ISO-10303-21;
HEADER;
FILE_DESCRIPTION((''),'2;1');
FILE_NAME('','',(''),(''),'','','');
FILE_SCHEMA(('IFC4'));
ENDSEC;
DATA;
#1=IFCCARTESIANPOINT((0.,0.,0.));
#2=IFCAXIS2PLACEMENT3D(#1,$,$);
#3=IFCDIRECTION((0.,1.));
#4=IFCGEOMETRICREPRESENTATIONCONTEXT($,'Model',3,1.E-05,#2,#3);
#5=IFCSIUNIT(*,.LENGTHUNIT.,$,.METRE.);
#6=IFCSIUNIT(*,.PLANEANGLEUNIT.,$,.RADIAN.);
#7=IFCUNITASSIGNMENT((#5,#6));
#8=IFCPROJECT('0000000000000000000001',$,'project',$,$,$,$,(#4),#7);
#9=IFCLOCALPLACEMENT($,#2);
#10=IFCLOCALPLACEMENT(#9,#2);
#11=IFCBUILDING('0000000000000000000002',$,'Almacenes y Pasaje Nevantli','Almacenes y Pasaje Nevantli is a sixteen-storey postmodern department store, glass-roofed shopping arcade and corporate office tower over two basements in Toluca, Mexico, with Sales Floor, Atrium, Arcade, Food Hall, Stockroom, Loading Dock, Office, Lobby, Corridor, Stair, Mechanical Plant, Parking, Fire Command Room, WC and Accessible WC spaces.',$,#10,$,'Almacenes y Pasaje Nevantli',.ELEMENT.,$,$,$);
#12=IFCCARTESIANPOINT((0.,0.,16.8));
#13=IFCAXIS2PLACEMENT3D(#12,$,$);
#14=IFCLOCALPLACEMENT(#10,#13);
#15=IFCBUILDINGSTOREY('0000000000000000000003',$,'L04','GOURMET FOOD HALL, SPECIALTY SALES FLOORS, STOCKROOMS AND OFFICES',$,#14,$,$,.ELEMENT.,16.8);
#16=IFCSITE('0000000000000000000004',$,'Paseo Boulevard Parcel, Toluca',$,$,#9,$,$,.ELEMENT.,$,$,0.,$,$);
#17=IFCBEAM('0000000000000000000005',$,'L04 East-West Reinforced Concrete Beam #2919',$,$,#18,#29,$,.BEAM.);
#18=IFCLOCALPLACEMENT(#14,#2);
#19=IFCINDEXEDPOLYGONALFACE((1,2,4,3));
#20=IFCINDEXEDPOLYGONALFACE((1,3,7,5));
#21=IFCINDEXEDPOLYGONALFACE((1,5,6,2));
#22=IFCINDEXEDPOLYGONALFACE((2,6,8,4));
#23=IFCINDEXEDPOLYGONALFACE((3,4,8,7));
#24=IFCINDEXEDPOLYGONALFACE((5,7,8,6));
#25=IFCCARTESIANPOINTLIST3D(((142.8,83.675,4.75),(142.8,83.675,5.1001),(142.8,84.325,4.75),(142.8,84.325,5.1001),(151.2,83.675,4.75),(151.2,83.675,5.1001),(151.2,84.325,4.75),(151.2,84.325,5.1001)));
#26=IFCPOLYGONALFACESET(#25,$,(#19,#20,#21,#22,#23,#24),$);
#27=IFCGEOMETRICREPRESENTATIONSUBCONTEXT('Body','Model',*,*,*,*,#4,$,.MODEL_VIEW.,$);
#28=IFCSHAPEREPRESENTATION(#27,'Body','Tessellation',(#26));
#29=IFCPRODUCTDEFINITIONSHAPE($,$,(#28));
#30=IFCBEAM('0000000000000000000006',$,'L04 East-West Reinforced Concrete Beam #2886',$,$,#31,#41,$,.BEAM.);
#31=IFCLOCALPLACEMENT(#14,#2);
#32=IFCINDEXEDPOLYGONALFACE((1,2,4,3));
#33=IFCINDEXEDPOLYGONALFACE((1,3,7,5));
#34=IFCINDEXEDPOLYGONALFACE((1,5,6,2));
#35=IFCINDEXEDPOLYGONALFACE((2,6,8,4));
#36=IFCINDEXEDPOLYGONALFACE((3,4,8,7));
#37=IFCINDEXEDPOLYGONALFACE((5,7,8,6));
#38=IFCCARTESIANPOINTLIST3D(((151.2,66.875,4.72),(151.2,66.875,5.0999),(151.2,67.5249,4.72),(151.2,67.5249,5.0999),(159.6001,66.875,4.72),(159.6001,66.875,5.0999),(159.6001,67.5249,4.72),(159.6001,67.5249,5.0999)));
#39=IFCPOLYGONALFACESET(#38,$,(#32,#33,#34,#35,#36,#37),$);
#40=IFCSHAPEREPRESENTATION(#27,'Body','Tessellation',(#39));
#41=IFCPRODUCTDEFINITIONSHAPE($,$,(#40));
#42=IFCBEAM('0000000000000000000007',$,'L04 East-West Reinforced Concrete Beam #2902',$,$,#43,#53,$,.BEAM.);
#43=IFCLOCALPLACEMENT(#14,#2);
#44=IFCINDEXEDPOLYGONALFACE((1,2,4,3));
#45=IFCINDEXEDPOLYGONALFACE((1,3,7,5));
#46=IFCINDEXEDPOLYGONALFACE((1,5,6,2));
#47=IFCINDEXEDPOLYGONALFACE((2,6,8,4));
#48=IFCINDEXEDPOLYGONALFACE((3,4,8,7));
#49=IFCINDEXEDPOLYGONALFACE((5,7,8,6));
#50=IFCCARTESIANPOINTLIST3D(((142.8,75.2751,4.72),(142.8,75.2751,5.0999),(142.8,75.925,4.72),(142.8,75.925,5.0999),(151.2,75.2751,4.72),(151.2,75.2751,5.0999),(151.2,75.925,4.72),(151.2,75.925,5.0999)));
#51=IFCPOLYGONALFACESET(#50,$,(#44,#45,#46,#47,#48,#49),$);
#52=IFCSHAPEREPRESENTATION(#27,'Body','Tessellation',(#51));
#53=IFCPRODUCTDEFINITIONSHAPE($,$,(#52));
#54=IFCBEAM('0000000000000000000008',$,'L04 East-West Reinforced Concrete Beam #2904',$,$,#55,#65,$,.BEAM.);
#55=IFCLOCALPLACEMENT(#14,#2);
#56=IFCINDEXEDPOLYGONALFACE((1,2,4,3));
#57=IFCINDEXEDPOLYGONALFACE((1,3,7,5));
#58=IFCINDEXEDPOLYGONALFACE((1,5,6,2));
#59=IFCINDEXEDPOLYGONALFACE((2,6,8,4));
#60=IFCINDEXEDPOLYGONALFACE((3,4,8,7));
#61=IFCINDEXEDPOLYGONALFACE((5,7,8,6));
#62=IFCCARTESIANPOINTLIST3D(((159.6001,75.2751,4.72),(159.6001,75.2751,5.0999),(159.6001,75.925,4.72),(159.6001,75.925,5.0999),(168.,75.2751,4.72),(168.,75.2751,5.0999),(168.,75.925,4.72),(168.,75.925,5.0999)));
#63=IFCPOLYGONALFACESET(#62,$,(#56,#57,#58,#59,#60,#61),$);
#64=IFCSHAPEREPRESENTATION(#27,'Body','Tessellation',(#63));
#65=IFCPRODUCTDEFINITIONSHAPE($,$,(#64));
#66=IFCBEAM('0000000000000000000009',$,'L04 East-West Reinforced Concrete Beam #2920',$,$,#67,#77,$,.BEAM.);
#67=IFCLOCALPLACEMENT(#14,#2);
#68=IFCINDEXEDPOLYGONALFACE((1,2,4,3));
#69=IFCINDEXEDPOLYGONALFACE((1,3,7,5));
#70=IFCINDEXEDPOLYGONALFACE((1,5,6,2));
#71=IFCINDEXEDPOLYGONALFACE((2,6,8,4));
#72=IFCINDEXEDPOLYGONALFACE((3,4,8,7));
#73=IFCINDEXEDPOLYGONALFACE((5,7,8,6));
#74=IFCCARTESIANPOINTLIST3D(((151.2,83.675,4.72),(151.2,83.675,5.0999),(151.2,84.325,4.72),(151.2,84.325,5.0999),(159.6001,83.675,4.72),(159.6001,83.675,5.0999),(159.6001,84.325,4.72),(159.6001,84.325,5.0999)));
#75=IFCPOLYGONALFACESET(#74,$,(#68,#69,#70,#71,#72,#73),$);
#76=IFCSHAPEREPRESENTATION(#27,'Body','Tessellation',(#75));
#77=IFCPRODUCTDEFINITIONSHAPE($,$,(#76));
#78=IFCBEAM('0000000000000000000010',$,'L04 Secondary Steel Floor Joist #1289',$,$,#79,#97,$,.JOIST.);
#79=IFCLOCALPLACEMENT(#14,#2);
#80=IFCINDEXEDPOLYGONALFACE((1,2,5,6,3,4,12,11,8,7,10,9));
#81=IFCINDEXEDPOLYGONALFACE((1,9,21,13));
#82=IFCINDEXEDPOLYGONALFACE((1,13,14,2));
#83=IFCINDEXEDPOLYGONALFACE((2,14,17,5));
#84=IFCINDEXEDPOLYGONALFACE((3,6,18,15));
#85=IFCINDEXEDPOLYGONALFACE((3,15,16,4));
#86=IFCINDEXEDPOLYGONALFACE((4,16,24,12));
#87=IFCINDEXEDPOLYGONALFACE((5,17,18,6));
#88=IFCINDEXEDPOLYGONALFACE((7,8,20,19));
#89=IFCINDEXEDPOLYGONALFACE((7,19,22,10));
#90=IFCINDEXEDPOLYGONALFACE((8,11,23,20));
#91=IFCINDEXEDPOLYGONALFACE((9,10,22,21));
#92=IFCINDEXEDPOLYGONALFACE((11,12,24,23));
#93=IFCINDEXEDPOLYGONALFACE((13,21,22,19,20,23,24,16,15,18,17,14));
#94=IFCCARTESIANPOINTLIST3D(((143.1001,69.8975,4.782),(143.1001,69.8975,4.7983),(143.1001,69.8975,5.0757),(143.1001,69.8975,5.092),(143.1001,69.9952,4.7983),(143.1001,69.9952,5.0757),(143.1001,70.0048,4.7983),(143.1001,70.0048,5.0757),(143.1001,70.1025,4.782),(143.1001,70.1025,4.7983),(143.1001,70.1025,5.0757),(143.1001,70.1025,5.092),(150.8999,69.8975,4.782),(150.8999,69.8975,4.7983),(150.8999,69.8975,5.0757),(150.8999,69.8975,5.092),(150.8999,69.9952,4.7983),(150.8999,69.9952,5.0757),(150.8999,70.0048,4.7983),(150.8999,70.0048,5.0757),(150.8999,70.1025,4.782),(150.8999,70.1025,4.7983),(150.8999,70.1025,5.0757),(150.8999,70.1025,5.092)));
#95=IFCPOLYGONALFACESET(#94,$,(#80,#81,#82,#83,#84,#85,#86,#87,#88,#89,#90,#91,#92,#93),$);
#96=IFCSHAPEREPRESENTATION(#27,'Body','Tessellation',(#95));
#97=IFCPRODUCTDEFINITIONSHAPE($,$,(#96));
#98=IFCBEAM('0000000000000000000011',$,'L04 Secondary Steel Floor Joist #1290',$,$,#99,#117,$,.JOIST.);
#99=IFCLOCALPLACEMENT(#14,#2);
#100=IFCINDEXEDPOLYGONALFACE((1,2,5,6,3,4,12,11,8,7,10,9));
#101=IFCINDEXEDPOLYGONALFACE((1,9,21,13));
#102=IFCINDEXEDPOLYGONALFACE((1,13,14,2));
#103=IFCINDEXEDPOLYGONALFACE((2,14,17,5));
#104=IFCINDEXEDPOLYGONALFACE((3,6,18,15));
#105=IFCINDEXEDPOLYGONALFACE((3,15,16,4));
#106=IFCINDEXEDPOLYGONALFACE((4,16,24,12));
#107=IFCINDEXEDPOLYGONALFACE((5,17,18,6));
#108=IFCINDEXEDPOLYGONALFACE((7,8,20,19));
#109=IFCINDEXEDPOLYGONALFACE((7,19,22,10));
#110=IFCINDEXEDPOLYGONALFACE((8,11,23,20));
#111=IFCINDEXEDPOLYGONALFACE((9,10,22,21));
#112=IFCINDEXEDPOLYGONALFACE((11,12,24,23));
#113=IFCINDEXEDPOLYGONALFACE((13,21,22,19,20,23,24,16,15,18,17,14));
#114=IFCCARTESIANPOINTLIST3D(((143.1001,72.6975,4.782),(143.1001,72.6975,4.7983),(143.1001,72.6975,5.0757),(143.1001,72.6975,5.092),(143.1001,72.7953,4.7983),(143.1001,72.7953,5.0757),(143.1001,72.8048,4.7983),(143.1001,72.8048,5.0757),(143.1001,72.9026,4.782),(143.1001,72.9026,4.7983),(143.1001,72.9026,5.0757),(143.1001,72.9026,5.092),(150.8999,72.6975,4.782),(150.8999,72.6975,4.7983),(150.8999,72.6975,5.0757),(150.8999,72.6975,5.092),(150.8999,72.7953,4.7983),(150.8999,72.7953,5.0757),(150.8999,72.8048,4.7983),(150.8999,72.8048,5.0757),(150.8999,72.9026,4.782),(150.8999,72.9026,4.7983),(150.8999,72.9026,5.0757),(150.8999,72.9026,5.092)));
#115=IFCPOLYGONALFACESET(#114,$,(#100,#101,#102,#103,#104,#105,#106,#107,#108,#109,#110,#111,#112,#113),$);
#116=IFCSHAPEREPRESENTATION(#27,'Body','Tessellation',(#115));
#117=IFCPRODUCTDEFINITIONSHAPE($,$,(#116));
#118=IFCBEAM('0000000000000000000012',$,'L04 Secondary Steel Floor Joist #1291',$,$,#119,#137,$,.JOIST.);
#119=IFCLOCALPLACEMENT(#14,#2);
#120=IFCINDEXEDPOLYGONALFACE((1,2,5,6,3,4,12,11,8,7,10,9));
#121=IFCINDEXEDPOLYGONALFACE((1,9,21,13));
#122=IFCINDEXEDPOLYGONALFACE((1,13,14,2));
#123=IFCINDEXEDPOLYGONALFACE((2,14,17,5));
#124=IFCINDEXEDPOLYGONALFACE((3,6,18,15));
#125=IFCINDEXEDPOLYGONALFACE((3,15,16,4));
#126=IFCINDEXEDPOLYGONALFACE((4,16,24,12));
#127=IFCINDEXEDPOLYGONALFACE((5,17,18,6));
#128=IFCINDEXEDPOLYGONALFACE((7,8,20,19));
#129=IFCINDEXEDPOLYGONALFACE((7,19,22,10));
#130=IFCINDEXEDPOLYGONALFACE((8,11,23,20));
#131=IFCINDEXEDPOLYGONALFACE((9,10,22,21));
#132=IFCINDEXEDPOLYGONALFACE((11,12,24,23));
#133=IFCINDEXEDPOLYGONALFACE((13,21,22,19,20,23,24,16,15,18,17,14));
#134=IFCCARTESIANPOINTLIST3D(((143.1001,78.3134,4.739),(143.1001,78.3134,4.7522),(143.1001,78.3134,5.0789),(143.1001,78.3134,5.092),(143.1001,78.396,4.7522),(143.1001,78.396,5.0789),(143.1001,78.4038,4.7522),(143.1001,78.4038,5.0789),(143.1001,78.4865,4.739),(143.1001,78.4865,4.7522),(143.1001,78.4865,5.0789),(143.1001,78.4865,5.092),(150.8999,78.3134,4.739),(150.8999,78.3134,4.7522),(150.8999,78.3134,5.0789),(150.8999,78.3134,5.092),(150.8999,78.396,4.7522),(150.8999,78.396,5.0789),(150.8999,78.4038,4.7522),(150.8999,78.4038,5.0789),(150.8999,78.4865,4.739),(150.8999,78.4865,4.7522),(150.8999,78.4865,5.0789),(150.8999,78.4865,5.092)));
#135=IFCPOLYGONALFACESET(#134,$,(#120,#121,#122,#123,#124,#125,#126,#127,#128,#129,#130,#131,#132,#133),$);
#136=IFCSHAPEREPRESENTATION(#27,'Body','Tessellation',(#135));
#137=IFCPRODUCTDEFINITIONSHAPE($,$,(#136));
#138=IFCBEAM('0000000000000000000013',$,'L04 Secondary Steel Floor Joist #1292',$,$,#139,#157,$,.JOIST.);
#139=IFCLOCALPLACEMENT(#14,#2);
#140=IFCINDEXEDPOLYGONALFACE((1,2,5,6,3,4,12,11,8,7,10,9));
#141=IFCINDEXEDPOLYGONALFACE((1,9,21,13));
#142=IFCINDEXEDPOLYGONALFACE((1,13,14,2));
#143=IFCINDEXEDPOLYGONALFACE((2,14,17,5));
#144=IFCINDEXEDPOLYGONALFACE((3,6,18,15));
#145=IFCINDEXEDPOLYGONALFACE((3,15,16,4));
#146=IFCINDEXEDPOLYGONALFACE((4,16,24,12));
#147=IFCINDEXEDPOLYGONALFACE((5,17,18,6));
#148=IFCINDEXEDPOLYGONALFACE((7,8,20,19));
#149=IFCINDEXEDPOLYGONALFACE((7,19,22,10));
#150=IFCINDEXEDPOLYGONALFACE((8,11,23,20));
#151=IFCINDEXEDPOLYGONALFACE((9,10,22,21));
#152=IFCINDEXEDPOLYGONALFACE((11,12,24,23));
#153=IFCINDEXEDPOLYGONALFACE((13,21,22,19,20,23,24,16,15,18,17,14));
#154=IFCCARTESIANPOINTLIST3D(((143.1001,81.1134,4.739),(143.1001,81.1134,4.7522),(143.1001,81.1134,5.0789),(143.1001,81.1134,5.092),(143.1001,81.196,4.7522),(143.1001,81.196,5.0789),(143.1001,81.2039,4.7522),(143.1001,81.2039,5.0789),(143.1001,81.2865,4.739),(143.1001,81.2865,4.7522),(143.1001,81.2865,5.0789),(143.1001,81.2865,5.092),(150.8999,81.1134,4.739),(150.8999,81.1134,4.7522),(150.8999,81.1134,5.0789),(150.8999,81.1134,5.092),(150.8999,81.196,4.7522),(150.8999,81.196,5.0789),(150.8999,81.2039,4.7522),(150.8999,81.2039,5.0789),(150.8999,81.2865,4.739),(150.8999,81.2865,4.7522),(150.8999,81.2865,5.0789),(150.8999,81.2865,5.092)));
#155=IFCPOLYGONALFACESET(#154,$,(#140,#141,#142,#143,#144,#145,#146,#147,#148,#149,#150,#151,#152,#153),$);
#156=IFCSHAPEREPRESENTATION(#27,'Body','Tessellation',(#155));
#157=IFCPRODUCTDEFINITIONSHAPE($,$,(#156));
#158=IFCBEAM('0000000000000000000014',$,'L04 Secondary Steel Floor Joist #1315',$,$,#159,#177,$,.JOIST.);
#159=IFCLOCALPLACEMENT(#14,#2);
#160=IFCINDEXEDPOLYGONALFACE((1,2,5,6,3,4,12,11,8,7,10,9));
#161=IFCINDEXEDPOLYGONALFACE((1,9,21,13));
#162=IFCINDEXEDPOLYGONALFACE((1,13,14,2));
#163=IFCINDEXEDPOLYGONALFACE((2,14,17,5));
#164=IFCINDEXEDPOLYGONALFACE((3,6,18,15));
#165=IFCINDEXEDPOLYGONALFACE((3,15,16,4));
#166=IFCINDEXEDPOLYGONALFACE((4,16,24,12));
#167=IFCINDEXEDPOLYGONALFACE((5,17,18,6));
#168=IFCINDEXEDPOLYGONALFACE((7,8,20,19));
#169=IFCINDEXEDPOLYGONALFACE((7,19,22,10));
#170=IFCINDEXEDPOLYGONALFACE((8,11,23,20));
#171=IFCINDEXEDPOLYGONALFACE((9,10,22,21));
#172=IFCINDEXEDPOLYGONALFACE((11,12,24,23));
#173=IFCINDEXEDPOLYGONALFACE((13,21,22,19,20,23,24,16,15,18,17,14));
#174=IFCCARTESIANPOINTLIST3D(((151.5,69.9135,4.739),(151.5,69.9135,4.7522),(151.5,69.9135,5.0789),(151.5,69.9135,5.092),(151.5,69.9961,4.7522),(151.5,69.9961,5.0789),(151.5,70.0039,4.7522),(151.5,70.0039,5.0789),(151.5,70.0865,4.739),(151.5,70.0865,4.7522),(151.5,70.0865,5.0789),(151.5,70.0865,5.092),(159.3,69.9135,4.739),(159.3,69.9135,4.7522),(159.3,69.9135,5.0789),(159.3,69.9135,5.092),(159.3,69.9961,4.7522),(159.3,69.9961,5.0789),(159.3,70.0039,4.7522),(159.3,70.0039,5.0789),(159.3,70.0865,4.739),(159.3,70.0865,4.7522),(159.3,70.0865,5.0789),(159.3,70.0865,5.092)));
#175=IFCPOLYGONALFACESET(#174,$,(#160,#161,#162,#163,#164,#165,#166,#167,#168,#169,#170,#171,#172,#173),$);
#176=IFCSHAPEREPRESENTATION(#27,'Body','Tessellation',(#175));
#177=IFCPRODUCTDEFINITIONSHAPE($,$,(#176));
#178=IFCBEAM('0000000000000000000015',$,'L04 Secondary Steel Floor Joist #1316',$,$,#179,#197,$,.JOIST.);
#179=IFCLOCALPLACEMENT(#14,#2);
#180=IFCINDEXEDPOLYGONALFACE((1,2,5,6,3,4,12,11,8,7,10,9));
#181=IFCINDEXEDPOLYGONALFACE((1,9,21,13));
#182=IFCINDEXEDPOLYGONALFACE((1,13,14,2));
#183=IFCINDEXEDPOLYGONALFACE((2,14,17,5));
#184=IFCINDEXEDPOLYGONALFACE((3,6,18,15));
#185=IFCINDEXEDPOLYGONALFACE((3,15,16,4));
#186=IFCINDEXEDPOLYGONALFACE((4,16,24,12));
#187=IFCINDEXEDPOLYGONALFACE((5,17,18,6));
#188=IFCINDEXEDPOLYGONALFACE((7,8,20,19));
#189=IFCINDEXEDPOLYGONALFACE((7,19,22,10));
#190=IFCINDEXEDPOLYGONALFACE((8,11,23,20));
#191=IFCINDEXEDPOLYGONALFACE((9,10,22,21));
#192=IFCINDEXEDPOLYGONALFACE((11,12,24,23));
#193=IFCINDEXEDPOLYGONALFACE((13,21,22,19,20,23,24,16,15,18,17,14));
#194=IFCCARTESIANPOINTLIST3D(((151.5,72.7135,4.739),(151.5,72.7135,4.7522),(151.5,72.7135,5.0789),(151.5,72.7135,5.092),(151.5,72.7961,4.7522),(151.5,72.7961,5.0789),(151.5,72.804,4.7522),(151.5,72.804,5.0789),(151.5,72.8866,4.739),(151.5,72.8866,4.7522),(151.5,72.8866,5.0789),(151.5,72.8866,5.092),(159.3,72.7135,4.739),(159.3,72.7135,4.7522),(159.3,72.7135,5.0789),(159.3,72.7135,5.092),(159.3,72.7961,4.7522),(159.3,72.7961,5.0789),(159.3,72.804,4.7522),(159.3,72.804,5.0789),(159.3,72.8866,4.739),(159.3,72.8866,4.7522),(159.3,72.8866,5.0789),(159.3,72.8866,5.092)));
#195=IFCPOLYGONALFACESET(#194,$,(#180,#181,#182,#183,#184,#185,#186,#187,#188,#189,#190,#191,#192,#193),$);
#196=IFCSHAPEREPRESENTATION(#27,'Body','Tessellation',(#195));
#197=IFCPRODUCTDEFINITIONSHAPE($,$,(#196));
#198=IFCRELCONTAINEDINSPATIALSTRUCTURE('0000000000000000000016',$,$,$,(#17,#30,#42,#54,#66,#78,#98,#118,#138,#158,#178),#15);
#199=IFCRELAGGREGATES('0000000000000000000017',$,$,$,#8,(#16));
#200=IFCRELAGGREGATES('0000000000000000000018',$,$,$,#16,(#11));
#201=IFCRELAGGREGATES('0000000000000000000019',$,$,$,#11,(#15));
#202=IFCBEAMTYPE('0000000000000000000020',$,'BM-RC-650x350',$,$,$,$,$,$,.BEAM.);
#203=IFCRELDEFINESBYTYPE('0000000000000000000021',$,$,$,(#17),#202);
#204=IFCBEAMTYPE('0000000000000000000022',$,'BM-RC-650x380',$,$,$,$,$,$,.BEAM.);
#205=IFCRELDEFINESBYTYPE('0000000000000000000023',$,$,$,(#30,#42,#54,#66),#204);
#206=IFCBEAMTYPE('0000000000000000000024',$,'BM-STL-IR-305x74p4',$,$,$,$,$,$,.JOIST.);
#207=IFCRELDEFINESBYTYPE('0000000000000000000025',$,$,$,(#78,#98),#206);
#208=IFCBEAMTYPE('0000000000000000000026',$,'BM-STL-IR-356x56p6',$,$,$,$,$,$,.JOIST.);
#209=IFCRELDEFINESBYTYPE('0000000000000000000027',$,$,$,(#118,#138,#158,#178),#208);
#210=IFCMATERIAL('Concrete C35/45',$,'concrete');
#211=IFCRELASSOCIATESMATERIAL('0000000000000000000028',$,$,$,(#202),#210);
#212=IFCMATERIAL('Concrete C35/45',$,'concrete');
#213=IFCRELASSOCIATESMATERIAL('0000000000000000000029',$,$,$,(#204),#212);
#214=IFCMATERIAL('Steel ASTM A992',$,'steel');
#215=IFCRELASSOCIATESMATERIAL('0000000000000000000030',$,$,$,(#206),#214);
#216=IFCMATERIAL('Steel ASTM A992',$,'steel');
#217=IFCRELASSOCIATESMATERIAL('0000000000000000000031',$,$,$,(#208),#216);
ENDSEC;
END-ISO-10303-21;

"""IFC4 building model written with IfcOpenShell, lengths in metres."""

from ifc_helpers import new_model, si_unit, direction, frame, origin, origin_2d, place, context, subcontext, project, spatial, rectangle, i_section, extrude, material, material_profile, profile_set, type_object, element, save


model = new_model("IFC4")

# Units and contexts
model_context = context("Model", 3, precision=1e-05, world=origin(), true_north=direction((0.0, 1.0)))
body_context = subcontext(model_context, "Body", "Model", "MODEL_VIEW")
ifc_project = project(units=[si_unit("LENGTHUNIT", "METRE"), si_unit("PLANEANGLEUNIT", "RADIAN")], contexts=[model_context])

# Site, building, storey
site_placement = place(None, origin())
site = spatial("IfcSite", under=ifc_project, at=site_placement, Name="Paseo Boulevard Parcel, Toluca", CompositionType="ELEMENT", RefElevation=0.0)
building_placement = place(site_placement, origin())
building = spatial("IfcBuilding", under=site, at=building_placement, Name="Almacenes y Pasaje Nevantli", Description="Almacenes y Pasaje Nevantli is a sixteen-storey postmodern department store, glass-roofed shopping arcade and corporate office tower over two basements in Toluca, Mexico, with Sales Floor, Atrium, Arcade, Food Hall, Stockroom, Loading Dock, Office, Lobby, Corridor, Stair, Mechanical Plant, Parking, Fire Command Room, WC and Accessible WC spaces.", LongName="Almacenes y Pasaje Nevantli", CompositionType="ELEMENT")
storey_placement = place(building_placement, frame((0.0, 0.0, 16.8)))
storey = spatial("IfcBuildingStorey", under=building, at=storey_placement, Name="L04", Description="GOURMET FOOD HALL, SPECIALTY SALES FLOORS, STOCKROOMS AND OFFICES", CompositionType="ELEMENT", Elevation=16.8)

# Beams
ifc_material_1 = material(Name="Concrete C35/45", Category="concrete")
ifc_material_profile_1 = material_profile(ifc_material_1, rectangle(XDim=0.6499, YDim=0.3501, at=origin_2d()), Name="RC-BM-650x350")
ifc_profile_set_1 = profile_set([ifc_material_profile_1], Name="Concrete C35/45")
beam_type_1 = type_object("IfcBeamType", Name="BM-RC-650x350", PredefinedType="BEAM", material=ifc_profile_set_1)
beam_1_placement = place(storey_placement, frame((142.8, 84.0, 4.925), z_axis=(1.0, 0.0, 0.0), x_axis=(0.0, 1.0, 0.0)))
element("IfcBeam", 1, at=beam_1_placement, inside=storey, type_object=beam_type_1, Name="L04 East-West Reinforced Concrete Beam #2919", PredefinedType="BEAM", context=body_context, shape_type="SweptSolid", body=[
    extrude(rectangle(XDim=0.6499, YDim=0.3501, at=origin_2d()), origin(), (0.0, 0.0, 1.0), 8.3999),
])
ifc_material_2 = material(Name="Concrete C35/45", Category="concrete")
ifc_material_profile_2 = material_profile(ifc_material_2, rectangle(XDim=0.6499, YDim=0.3799, at=origin_2d()), Name="RC-BM-650x380")
ifc_profile_set_2 = profile_set([ifc_material_profile_2], Name="Concrete C35/45")
beam_type_2 = type_object("IfcBeamType", Name="BM-RC-650x380", PredefinedType="BEAM", material=ifc_profile_set_2)
beam_2_placement = place(storey_placement, frame((151.2, 67.2, 4.9099), z_axis=(1.0, 0.0, 0.0), x_axis=(0.0, 1.0, 0.0)))
element("IfcBeam", 2, at=beam_2_placement, inside=storey, type_object=beam_type_2, Name="L04 East-West Reinforced Concrete Beam #2886", PredefinedType="BEAM", context=body_context, shape_type="SweptSolid", body=[
    extrude(rectangle(XDim=0.6499, YDim=0.3799, at=origin_2d()), origin(), (0.0, 0.0, 1.0), 8.4001),
])
for number, where, z_axis, x_axis, name in (
    (3, (142.8, 75.6001, 4.9099), (1.0, 0.0, 0.0), (0.0, 1.0, 0.0), "L04 East-West Reinforced Concrete Beam #2902"),
    (4, (159.6001, 75.6001, 4.9099), (1.0, 0.0, 0.0), (0.0, 1.0, 0.0), "L04 East-West Reinforced Concrete Beam #2904"),
):
    element("IfcBeam", number, at=place(storey_placement, frame(where, z_axis=z_axis, x_axis=x_axis)), inside=storey, type_object=beam_type_2, Name=name, PredefinedType="BEAM", context=body_context, shape_type="SweptSolid", body=[
        extrude(rectangle(XDim=0.6499, YDim=0.3799, at=origin_2d()), origin(), (0.0, 0.0, 1.0), 8.3999),
    ])
beam_3_placement = place(storey_placement, frame((151.2, 84.0, 4.9099), z_axis=(1.0, 0.0, 0.0), x_axis=(0.0, 1.0, 0.0)))
element("IfcBeam", 5, at=beam_3_placement, inside=storey, type_object=beam_type_2, Name="L04 East-West Reinforced Concrete Beam #2920", PredefinedType="BEAM", context=body_context, shape_type="SweptSolid", body=[
    extrude(rectangle(XDim=0.6499, YDim=0.3799, at=origin_2d()), origin(), (0.0, 0.0, 1.0), 8.4001),
])
ifc_material_3 = material(Name="Steel ASTM A992", Category="steel")
ifc_material_profile_3 = material_profile(ifc_material_3, i_section(OverallWidth=0.2051, OverallDepth=0.3101, WebThickness=0.0095, FlangeThickness=0.0164, at=origin_2d()), Name="IR 305x74.4")
ifc_profile_set_3 = profile_set([ifc_material_profile_3], Name="Steel ASTM A992")
beam_type_3 = type_object("IfcBeamType", Name="BM-STL-IR-305x74p4", PredefinedType="JOIST", material=ifc_profile_set_3)
for number, where, z_axis, x_axis, name in (
    (6, (143.1001, 70.0, 4.937), (1.0, 0.0, 0.0), (0.0, 1.0, 0.0), "L04 Secondary Steel Floor Joist #1289"),
    (7, (143.1001, 72.8, 4.937), (1.0, 0.0, 0.0), (0.0, 1.0, 0.0), "L04 Secondary Steel Floor Joist #1290"),
):
    element("IfcBeam", number, at=place(storey_placement, frame(where, z_axis=z_axis, x_axis=x_axis)), inside=storey, type_object=beam_type_3, Name=name, PredefinedType="JOIST", context=body_context, shape_type="SweptSolid", body=[
        extrude(i_section(OverallWidth=0.2051, OverallDepth=0.3101, WebThickness=0.0095, FlangeThickness=0.0164, at=origin_2d()), origin(), (0.0, 0.0, 1.0), 7.7998),
    ])
ifc_material_4 = material(Name="Steel ASTM A992", Category="steel")
ifc_material_profile_4 = material_profile(ifc_material_4, i_section(OverallWidth=0.1731, OverallDepth=0.353, WebThickness=0.0078, FlangeThickness=0.0132, at=origin_2d()), Name="IR 356x56.6")
ifc_profile_set_4 = profile_set([ifc_material_profile_4], Name="Steel ASTM A992")
beam_type_4 = type_object("IfcBeamType", Name="BM-STL-IR-356x56p6", PredefinedType="JOIST", material=ifc_profile_set_4)
for number, where, z_axis, x_axis, name in (
    (8, (143.1001, 78.3999, 4.9155), (1.0, 0.0, 0.0), (0.0, 1.0, 0.0), "L04 Secondary Steel Floor Joist #1291"),
    (9, (143.1001, 81.2, 4.9155), (1.0, 0.0, 0.0), (0.0, 1.0, 0.0), "L04 Secondary Steel Floor Joist #1292"),
):
    element("IfcBeam", number, at=place(storey_placement, frame(where, z_axis=z_axis, x_axis=x_axis)), inside=storey, type_object=beam_type_4, Name=name, PredefinedType="JOIST", context=body_context, shape_type="SweptSolid", body=[
        extrude(i_section(OverallWidth=0.1731, OverallDepth=0.353, WebThickness=0.0078, FlangeThickness=0.0132, at=origin_2d()), origin(), (0.0, 0.0, 1.0), 7.7998),
    ])
for number, where, z_axis, x_axis, name in (
    (10, (151.5, 70.0, 4.9155), (1.0, 0.0, 0.0), (0.0, 1.0, 0.0), "L04 Secondary Steel Floor Joist #1315"),
    (11, (151.5, 72.8, 4.9155), (1.0, 0.0, 0.0), (0.0, 1.0, 0.0), "L04 Secondary Steel Floor Joist #1316"),
):
    element("IfcBeam", number, at=place(storey_placement, frame(where, z_axis=z_axis, x_axis=x_axis)), inside=storey, type_object=beam_type_4, Name=name, PredefinedType="JOIST", context=body_context, shape_type="SweptSolid", body=[
        extrude(i_section(OverallWidth=0.1731, OverallDepth=0.353, WebThickness=0.0078, FlangeThickness=0.0132, at=origin_2d()), origin(), (0.0, 0.0, 1.0), 7.8),
    ])

save(model, "model.ifc")
